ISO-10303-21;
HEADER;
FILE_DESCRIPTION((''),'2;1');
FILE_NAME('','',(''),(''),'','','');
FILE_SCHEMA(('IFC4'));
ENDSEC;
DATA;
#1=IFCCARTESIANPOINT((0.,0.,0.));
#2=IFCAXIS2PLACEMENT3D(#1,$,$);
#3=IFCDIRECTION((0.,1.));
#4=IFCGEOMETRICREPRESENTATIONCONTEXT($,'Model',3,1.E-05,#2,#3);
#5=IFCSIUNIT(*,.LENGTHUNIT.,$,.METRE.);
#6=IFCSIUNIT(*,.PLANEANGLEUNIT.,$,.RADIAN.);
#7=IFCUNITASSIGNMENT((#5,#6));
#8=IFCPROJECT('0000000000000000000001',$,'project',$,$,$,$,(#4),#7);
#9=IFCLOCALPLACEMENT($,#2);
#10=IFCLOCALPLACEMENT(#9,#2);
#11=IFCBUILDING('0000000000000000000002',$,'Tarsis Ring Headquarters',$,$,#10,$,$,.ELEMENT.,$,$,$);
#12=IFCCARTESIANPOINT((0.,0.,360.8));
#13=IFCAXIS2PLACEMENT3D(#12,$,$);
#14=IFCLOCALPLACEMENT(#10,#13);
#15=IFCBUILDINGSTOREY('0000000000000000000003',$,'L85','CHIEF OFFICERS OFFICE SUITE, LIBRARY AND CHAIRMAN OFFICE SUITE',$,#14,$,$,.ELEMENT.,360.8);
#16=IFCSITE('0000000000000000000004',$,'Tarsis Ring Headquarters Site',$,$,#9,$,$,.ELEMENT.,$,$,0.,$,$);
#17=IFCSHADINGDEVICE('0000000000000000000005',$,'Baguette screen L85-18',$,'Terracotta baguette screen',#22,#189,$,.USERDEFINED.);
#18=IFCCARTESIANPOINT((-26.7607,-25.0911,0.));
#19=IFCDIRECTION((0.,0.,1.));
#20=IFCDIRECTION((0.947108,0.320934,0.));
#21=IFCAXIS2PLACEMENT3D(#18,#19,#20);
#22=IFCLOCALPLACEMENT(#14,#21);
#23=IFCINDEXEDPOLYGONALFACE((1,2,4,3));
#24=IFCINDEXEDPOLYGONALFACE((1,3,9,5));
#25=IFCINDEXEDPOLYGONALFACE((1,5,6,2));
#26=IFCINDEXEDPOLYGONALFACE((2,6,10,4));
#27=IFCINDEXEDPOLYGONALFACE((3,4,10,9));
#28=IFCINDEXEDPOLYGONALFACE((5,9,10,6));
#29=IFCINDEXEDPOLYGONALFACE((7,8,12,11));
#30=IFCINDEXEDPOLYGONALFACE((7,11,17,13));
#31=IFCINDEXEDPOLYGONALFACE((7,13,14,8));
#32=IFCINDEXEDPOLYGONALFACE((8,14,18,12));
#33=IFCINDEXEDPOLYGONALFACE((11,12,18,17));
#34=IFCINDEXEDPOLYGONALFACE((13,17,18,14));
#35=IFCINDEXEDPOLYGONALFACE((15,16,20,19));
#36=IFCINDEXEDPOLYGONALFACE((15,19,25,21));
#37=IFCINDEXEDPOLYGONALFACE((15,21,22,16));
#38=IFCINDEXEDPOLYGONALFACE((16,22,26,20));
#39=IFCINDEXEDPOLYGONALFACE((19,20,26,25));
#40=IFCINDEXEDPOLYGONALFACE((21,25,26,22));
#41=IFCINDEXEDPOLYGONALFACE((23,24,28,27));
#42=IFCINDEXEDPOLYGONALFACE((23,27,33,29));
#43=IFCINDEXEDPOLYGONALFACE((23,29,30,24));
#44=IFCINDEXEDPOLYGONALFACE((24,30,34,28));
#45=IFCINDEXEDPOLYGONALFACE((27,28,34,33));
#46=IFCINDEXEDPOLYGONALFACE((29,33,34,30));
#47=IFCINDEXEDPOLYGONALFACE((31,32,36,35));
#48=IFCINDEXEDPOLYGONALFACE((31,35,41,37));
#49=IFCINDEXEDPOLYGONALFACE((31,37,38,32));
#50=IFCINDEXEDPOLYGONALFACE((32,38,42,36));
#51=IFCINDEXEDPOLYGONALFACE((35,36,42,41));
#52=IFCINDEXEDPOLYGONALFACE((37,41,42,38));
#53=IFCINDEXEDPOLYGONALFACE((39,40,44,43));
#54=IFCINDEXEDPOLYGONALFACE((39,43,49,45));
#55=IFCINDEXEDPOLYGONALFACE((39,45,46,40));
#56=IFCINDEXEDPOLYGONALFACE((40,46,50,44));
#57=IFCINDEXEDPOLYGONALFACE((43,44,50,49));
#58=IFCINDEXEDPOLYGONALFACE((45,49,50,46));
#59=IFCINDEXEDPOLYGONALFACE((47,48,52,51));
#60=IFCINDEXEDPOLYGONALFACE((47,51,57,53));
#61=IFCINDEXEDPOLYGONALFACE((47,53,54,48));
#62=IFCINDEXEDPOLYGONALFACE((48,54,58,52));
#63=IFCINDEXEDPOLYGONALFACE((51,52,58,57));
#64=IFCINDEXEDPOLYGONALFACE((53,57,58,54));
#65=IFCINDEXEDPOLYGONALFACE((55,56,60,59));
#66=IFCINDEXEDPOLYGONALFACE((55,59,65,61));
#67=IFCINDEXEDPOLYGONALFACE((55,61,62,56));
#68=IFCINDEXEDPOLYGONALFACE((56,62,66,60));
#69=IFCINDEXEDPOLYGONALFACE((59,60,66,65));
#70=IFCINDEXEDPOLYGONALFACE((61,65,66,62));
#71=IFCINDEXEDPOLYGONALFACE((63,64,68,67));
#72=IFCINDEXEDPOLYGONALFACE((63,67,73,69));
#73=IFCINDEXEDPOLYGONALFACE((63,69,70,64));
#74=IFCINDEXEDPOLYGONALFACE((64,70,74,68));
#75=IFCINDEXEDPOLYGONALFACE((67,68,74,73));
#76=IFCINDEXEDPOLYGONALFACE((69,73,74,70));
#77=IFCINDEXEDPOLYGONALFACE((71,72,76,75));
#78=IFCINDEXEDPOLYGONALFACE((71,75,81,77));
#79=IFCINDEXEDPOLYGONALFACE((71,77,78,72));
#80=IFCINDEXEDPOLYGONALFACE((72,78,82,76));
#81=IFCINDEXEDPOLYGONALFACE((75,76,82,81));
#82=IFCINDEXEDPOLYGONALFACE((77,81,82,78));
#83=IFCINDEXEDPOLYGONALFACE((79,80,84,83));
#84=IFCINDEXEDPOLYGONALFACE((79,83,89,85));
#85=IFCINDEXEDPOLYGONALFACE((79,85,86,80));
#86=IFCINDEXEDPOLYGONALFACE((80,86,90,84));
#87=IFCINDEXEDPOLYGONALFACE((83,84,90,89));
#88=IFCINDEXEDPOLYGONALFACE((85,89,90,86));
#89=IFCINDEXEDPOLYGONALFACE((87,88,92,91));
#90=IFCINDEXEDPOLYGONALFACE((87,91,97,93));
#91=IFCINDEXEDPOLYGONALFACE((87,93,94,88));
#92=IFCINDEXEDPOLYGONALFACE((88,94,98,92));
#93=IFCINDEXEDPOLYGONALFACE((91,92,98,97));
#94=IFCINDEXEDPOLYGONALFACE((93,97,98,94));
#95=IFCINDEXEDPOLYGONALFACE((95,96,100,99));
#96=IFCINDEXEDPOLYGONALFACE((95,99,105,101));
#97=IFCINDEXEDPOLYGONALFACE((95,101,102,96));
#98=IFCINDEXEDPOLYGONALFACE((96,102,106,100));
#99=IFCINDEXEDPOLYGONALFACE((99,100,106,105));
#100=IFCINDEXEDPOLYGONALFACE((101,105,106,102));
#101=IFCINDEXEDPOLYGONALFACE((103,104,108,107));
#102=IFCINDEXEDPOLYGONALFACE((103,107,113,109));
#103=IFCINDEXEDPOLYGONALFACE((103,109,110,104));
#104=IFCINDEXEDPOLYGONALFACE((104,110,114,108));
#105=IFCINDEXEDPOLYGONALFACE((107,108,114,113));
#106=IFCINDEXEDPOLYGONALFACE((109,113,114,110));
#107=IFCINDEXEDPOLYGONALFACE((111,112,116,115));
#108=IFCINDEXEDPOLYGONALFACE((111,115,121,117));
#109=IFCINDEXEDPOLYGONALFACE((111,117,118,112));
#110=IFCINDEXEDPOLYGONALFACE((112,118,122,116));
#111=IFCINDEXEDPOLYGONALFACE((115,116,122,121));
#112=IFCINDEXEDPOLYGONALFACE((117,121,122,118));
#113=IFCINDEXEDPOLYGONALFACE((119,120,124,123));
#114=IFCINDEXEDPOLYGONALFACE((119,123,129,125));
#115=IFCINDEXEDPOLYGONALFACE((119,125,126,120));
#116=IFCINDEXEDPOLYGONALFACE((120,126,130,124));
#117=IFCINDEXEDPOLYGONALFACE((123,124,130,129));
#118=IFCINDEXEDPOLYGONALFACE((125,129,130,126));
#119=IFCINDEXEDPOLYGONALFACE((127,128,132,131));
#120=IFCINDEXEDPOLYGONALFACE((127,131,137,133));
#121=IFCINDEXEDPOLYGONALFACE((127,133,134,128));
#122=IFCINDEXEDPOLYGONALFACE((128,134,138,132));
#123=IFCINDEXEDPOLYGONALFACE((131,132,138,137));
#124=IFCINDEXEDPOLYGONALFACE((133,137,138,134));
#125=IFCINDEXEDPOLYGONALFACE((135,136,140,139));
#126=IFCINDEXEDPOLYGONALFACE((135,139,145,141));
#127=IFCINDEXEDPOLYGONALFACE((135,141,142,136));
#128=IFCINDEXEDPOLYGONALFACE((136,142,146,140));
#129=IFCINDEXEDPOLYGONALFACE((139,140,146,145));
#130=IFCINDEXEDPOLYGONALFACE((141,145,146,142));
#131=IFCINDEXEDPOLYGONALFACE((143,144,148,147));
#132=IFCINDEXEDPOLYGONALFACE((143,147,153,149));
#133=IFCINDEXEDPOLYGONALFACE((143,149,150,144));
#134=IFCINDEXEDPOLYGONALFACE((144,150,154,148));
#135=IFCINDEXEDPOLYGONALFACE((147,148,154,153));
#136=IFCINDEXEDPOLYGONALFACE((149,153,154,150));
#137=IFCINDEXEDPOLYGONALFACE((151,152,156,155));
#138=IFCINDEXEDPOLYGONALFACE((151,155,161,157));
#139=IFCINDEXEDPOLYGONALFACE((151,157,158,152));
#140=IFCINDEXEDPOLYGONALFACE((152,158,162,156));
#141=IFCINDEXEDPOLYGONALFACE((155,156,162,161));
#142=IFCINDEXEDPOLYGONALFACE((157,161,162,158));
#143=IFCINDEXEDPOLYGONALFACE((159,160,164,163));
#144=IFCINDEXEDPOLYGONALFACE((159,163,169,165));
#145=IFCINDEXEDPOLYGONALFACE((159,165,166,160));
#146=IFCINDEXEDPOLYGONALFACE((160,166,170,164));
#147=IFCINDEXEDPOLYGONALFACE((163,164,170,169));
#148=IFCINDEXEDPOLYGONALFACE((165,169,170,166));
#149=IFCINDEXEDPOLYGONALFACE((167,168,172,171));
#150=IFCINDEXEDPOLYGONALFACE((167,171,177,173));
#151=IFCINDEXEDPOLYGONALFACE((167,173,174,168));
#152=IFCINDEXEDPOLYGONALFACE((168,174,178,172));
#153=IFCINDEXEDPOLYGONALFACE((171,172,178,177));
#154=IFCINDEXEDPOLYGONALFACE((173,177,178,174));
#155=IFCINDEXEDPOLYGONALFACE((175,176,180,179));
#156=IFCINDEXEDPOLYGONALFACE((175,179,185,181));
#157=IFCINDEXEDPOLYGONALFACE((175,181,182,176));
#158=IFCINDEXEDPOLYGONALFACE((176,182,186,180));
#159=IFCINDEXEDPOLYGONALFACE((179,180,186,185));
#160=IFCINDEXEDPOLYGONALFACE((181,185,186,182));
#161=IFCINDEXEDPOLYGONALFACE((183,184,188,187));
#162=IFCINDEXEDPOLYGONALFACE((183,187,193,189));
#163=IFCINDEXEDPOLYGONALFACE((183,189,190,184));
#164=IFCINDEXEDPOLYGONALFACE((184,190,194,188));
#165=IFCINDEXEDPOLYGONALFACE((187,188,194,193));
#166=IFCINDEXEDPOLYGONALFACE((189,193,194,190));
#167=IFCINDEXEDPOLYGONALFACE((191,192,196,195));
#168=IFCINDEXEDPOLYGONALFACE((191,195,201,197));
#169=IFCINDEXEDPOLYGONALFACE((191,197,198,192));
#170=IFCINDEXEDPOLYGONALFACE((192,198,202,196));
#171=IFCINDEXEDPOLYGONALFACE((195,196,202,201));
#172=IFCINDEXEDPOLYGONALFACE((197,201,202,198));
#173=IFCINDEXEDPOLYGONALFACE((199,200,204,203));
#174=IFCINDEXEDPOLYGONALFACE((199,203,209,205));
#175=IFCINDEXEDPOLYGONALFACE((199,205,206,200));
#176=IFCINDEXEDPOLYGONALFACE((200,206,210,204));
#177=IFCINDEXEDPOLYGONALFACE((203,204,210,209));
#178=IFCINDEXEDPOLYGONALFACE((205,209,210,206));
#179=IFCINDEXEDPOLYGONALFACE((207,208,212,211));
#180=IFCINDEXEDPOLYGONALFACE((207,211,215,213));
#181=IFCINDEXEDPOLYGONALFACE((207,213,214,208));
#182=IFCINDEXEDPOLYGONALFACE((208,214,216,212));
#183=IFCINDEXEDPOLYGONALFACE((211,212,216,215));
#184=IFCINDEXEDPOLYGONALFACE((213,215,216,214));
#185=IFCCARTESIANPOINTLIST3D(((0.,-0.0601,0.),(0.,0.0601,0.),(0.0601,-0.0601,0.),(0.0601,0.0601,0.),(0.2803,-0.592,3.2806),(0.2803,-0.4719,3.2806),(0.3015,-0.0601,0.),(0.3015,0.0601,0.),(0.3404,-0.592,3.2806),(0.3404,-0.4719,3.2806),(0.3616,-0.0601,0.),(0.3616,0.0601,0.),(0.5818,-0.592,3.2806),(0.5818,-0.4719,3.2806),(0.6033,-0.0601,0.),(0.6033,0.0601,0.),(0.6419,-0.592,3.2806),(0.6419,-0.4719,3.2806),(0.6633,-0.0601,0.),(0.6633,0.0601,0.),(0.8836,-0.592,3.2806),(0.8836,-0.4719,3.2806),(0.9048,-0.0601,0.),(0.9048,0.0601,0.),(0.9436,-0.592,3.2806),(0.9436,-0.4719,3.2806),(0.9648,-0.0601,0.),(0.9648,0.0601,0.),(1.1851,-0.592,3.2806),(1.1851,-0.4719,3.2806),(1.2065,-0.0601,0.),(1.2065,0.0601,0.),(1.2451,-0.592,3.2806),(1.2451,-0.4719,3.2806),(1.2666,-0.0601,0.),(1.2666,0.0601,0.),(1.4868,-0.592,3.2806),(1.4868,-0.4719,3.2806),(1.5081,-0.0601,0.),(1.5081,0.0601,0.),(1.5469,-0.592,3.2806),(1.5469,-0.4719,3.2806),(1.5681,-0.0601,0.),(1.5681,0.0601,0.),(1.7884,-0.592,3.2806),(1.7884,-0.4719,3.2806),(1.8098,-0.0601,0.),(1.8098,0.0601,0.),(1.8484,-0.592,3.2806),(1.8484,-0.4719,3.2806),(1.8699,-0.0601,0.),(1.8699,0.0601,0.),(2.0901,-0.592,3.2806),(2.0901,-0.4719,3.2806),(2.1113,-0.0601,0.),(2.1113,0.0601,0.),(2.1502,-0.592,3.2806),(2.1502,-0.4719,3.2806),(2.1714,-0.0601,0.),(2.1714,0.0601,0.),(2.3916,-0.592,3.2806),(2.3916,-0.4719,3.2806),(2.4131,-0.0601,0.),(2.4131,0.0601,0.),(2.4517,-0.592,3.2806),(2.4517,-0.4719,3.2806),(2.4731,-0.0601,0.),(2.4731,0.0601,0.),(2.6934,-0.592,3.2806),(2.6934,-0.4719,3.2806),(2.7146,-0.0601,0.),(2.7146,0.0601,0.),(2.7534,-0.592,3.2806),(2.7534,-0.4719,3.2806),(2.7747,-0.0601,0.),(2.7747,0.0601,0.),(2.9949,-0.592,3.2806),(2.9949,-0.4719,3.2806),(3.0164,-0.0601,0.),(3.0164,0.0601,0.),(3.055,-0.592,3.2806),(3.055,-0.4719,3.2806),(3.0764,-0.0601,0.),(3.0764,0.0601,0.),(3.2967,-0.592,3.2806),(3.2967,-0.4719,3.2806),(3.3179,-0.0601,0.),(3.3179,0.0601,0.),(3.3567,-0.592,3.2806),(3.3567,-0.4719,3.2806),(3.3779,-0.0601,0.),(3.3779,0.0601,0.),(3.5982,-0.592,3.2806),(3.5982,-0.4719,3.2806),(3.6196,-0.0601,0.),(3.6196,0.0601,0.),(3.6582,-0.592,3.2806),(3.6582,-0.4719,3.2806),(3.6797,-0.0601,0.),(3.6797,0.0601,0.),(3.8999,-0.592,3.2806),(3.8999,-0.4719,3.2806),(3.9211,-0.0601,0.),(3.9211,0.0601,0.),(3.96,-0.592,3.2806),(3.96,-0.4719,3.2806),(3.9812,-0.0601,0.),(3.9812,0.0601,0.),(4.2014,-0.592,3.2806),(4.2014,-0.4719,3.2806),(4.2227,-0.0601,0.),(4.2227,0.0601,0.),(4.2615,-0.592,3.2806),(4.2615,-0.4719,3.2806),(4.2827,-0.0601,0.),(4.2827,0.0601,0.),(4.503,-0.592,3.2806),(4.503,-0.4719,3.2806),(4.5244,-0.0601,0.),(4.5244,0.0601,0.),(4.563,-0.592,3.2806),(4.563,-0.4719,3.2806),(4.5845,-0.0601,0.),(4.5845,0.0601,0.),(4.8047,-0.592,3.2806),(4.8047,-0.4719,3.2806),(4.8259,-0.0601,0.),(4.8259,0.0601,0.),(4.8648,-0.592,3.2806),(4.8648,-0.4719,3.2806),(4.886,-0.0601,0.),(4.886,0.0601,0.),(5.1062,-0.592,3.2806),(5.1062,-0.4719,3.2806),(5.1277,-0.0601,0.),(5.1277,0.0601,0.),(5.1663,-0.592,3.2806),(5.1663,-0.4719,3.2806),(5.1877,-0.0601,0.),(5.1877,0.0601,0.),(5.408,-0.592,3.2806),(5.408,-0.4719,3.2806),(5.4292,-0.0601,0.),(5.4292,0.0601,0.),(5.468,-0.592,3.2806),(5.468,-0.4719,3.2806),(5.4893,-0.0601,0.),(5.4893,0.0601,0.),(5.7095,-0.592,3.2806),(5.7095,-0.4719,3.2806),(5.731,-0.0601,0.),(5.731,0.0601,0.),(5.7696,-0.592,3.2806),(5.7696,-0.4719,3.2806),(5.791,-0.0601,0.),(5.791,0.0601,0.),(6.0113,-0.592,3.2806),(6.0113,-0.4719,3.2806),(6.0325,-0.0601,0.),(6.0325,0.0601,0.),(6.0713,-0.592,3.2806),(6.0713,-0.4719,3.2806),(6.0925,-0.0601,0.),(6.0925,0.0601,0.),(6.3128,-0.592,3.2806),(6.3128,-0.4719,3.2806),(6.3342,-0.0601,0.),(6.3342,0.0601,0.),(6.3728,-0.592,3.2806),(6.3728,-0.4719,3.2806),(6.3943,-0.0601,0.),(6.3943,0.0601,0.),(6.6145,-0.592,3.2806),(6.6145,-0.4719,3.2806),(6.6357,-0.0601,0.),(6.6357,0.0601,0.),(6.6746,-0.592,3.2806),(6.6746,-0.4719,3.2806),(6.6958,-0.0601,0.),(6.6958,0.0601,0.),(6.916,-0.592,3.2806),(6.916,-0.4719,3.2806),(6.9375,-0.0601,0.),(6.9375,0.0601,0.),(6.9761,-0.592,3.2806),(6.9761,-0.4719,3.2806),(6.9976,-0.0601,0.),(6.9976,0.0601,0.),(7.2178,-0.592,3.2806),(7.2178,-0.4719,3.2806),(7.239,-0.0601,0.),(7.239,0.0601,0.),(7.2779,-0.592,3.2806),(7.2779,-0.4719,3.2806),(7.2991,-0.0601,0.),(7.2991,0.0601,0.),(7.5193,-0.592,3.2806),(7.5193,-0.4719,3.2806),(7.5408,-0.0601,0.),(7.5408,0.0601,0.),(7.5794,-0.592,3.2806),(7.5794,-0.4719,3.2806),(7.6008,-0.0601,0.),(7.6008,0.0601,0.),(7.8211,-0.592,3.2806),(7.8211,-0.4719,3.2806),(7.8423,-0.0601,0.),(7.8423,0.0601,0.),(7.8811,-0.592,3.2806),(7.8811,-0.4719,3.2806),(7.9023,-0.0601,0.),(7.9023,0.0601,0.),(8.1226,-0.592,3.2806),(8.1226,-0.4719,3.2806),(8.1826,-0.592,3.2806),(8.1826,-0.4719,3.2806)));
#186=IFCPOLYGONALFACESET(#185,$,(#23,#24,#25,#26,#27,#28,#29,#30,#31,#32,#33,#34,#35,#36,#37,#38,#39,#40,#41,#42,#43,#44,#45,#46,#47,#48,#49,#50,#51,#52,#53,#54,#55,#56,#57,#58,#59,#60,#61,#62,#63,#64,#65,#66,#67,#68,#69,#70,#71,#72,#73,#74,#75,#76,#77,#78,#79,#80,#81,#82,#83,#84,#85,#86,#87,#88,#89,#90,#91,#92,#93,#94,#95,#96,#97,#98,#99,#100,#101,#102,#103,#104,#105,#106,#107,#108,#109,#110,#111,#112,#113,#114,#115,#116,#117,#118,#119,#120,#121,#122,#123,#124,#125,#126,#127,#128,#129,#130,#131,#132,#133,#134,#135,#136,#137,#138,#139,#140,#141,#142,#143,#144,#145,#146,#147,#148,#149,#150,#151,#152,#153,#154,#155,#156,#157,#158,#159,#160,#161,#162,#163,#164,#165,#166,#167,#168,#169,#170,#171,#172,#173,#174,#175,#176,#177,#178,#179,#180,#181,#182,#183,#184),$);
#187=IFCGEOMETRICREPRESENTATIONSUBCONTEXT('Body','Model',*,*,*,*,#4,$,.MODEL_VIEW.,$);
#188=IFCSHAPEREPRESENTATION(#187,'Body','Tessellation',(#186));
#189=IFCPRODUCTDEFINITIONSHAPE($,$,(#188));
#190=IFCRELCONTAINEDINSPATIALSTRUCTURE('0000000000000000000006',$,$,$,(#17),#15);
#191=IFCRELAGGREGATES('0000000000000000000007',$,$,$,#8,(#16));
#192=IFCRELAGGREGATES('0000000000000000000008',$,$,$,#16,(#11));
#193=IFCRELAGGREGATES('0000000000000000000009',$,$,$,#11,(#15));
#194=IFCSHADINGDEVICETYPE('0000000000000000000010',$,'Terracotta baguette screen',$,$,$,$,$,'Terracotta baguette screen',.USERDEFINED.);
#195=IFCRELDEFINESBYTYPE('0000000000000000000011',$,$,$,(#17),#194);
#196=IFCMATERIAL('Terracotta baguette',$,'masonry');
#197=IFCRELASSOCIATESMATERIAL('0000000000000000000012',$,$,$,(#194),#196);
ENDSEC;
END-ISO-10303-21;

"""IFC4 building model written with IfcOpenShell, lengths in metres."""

from ifc_helpers import new_model, si_unit, direction, frame, frame_2d, origin, place, context, subcontext, project, spatial, rectangle, composite_profile, extrude, material, type_object, element, save


model = new_model("IFC4")

# Units and contexts
model_context = context("Model", 3, precision=1e-05, world=origin(), true_north=direction((0.0, 1.0)))
body_context = subcontext(model_context, "Body", "Model", "MODEL_VIEW")
ifc_project = project(units=[si_unit("LENGTHUNIT", "METRE"), si_unit("PLANEANGLEUNIT", "RADIAN")], contexts=[model_context])

# Site, building, storey
site_placement = place(None, origin())
site = spatial("IfcSite", under=ifc_project, at=site_placement, Name="Tarsis Ring Headquarters Site", CompositionType="ELEMENT", RefElevation=0.0)
building_placement = place(site_placement, origin())
building = spatial("IfcBuilding", under=site, at=building_placement, Name="Tarsis Ring Headquarters", CompositionType="ELEMENT")
storey_placement = place(building_placement, frame((0.0, 0.0, 360.8)))
storey = spatial("IfcBuildingStorey", under=building, at=storey_placement, Name="L85", Description="CHIEF OFFICERS OFFICE SUITE, LIBRARY AND CHAIRMAN OFFICE SUITE", CompositionType="ELEMENT", Elevation=360.8)

# Shading device
ifc_material_1 = material(Name="Terracotta baguette", Category="masonry")
shading_device_type_1 = type_object("IfcShadingDeviceType", Name="Terracotta baguette screen", ElementType="Terracotta baguette screen", PredefinedType="USERDEFINED", material=ifc_material_1)
shading_device_1_placement = place(storey_placement, frame((-26.7607, -25.0911, 0.0), z_axis=(0.0, 0.0, 1.0), x_axis=(0.947108, 0.320934, 0.0)))
element("IfcShadingDevice", 1, at=shading_device_1_placement, inside=storey, type_object=shading_device_type_1, Name="Baguette screen L85-18", ObjectType="Terracotta baguette screen", PredefinedType="USERDEFINED", context=body_context, shape_type="SweptSolid", body=[
    extrude(composite_profile([rectangle(XDim=0.0601, YDim=0.1201, at=frame_2d((0.03, 0.0))), rectangle(XDim=0.0601, YDim=0.1201, at=frame_2d((0.3315, 0.0))), rectangle(XDim=0.0601, YDim=0.1201, at=frame_2d((0.6333, 0.0))), rectangle(XDim=0.0601, YDim=0.1201, at=frame_2d((0.9348, 0.0))), rectangle(XDim=0.0601, YDim=0.1201, at=frame_2d((1.2366, 0.0))), rectangle(XDim=0.0601, YDim=0.1201, at=frame_2d((1.5381, 0.0))), rectangle(XDim=0.0601, YDim=0.1201, at=frame_2d((1.8398, 0.0))), rectangle(XDim=0.0601, YDim=0.1201, at=frame_2d((2.1414, 0.0))), rectangle(XDim=0.0601, YDim=0.1201, at=frame_2d((2.4431, 0.0))), rectangle(XDim=0.0601, YDim=0.1201, at=frame_2d((2.7446, 0.0))), rectangle(XDim=0.0601, YDim=0.1201, at=frame_2d((3.0464, 0.0))), rectangle(XDim=0.0601, YDim=0.1201, at=frame_2d((3.3479, 0.0))), rectangle(XDim=0.0601, YDim=0.1201, at=frame_2d((3.6497, 0.0))), rectangle(XDim=0.0601, YDim=0.1201, at=frame_2d((3.9512, 0.0))), rectangle(XDim=0.0601, YDim=0.1201, at=frame_2d((4.2527, 0.0))), rectangle(XDim=0.0601, YDim=0.1201, at=frame_2d((4.5544, 0.0))), rectangle(XDim=0.0601, YDim=0.1201, at=frame_2d((4.856, 0.0))), rectangle(XDim=0.0601, YDim=0.1201, at=frame_2d((5.1577, 0.0))), rectangle(XDim=0.0601, YDim=0.1201, at=frame_2d((5.4592, 0.0))), rectangle(XDim=0.0601, YDim=0.1201, at=frame_2d((5.761, 0.0))), rectangle(XDim=0.0601, YDim=0.1201, at=frame_2d((6.0625, 0.0))), rectangle(XDim=0.0601, YDim=0.1201, at=frame_2d((6.3643, 0.0))), rectangle(XDim=0.0601, YDim=0.1201, at=frame_2d((6.6658, 0.0))), rectangle(XDim=0.0601, YDim=0.1201, at=frame_2d((6.9675, 0.0))), rectangle(XDim=0.0601, YDim=0.1201, at=frame_2d((7.269, 0.0))), rectangle(XDim=0.0601, YDim=0.1201, at=frame_2d((7.5708, 0.0))), rectangle(XDim=0.0601, YDim=0.1201, at=frame_2d((7.8723, 0.0)))]), origin(), (0.084041, -0.159503, 0.983614), 3.3352),
])

save(model, "model.ifc")
